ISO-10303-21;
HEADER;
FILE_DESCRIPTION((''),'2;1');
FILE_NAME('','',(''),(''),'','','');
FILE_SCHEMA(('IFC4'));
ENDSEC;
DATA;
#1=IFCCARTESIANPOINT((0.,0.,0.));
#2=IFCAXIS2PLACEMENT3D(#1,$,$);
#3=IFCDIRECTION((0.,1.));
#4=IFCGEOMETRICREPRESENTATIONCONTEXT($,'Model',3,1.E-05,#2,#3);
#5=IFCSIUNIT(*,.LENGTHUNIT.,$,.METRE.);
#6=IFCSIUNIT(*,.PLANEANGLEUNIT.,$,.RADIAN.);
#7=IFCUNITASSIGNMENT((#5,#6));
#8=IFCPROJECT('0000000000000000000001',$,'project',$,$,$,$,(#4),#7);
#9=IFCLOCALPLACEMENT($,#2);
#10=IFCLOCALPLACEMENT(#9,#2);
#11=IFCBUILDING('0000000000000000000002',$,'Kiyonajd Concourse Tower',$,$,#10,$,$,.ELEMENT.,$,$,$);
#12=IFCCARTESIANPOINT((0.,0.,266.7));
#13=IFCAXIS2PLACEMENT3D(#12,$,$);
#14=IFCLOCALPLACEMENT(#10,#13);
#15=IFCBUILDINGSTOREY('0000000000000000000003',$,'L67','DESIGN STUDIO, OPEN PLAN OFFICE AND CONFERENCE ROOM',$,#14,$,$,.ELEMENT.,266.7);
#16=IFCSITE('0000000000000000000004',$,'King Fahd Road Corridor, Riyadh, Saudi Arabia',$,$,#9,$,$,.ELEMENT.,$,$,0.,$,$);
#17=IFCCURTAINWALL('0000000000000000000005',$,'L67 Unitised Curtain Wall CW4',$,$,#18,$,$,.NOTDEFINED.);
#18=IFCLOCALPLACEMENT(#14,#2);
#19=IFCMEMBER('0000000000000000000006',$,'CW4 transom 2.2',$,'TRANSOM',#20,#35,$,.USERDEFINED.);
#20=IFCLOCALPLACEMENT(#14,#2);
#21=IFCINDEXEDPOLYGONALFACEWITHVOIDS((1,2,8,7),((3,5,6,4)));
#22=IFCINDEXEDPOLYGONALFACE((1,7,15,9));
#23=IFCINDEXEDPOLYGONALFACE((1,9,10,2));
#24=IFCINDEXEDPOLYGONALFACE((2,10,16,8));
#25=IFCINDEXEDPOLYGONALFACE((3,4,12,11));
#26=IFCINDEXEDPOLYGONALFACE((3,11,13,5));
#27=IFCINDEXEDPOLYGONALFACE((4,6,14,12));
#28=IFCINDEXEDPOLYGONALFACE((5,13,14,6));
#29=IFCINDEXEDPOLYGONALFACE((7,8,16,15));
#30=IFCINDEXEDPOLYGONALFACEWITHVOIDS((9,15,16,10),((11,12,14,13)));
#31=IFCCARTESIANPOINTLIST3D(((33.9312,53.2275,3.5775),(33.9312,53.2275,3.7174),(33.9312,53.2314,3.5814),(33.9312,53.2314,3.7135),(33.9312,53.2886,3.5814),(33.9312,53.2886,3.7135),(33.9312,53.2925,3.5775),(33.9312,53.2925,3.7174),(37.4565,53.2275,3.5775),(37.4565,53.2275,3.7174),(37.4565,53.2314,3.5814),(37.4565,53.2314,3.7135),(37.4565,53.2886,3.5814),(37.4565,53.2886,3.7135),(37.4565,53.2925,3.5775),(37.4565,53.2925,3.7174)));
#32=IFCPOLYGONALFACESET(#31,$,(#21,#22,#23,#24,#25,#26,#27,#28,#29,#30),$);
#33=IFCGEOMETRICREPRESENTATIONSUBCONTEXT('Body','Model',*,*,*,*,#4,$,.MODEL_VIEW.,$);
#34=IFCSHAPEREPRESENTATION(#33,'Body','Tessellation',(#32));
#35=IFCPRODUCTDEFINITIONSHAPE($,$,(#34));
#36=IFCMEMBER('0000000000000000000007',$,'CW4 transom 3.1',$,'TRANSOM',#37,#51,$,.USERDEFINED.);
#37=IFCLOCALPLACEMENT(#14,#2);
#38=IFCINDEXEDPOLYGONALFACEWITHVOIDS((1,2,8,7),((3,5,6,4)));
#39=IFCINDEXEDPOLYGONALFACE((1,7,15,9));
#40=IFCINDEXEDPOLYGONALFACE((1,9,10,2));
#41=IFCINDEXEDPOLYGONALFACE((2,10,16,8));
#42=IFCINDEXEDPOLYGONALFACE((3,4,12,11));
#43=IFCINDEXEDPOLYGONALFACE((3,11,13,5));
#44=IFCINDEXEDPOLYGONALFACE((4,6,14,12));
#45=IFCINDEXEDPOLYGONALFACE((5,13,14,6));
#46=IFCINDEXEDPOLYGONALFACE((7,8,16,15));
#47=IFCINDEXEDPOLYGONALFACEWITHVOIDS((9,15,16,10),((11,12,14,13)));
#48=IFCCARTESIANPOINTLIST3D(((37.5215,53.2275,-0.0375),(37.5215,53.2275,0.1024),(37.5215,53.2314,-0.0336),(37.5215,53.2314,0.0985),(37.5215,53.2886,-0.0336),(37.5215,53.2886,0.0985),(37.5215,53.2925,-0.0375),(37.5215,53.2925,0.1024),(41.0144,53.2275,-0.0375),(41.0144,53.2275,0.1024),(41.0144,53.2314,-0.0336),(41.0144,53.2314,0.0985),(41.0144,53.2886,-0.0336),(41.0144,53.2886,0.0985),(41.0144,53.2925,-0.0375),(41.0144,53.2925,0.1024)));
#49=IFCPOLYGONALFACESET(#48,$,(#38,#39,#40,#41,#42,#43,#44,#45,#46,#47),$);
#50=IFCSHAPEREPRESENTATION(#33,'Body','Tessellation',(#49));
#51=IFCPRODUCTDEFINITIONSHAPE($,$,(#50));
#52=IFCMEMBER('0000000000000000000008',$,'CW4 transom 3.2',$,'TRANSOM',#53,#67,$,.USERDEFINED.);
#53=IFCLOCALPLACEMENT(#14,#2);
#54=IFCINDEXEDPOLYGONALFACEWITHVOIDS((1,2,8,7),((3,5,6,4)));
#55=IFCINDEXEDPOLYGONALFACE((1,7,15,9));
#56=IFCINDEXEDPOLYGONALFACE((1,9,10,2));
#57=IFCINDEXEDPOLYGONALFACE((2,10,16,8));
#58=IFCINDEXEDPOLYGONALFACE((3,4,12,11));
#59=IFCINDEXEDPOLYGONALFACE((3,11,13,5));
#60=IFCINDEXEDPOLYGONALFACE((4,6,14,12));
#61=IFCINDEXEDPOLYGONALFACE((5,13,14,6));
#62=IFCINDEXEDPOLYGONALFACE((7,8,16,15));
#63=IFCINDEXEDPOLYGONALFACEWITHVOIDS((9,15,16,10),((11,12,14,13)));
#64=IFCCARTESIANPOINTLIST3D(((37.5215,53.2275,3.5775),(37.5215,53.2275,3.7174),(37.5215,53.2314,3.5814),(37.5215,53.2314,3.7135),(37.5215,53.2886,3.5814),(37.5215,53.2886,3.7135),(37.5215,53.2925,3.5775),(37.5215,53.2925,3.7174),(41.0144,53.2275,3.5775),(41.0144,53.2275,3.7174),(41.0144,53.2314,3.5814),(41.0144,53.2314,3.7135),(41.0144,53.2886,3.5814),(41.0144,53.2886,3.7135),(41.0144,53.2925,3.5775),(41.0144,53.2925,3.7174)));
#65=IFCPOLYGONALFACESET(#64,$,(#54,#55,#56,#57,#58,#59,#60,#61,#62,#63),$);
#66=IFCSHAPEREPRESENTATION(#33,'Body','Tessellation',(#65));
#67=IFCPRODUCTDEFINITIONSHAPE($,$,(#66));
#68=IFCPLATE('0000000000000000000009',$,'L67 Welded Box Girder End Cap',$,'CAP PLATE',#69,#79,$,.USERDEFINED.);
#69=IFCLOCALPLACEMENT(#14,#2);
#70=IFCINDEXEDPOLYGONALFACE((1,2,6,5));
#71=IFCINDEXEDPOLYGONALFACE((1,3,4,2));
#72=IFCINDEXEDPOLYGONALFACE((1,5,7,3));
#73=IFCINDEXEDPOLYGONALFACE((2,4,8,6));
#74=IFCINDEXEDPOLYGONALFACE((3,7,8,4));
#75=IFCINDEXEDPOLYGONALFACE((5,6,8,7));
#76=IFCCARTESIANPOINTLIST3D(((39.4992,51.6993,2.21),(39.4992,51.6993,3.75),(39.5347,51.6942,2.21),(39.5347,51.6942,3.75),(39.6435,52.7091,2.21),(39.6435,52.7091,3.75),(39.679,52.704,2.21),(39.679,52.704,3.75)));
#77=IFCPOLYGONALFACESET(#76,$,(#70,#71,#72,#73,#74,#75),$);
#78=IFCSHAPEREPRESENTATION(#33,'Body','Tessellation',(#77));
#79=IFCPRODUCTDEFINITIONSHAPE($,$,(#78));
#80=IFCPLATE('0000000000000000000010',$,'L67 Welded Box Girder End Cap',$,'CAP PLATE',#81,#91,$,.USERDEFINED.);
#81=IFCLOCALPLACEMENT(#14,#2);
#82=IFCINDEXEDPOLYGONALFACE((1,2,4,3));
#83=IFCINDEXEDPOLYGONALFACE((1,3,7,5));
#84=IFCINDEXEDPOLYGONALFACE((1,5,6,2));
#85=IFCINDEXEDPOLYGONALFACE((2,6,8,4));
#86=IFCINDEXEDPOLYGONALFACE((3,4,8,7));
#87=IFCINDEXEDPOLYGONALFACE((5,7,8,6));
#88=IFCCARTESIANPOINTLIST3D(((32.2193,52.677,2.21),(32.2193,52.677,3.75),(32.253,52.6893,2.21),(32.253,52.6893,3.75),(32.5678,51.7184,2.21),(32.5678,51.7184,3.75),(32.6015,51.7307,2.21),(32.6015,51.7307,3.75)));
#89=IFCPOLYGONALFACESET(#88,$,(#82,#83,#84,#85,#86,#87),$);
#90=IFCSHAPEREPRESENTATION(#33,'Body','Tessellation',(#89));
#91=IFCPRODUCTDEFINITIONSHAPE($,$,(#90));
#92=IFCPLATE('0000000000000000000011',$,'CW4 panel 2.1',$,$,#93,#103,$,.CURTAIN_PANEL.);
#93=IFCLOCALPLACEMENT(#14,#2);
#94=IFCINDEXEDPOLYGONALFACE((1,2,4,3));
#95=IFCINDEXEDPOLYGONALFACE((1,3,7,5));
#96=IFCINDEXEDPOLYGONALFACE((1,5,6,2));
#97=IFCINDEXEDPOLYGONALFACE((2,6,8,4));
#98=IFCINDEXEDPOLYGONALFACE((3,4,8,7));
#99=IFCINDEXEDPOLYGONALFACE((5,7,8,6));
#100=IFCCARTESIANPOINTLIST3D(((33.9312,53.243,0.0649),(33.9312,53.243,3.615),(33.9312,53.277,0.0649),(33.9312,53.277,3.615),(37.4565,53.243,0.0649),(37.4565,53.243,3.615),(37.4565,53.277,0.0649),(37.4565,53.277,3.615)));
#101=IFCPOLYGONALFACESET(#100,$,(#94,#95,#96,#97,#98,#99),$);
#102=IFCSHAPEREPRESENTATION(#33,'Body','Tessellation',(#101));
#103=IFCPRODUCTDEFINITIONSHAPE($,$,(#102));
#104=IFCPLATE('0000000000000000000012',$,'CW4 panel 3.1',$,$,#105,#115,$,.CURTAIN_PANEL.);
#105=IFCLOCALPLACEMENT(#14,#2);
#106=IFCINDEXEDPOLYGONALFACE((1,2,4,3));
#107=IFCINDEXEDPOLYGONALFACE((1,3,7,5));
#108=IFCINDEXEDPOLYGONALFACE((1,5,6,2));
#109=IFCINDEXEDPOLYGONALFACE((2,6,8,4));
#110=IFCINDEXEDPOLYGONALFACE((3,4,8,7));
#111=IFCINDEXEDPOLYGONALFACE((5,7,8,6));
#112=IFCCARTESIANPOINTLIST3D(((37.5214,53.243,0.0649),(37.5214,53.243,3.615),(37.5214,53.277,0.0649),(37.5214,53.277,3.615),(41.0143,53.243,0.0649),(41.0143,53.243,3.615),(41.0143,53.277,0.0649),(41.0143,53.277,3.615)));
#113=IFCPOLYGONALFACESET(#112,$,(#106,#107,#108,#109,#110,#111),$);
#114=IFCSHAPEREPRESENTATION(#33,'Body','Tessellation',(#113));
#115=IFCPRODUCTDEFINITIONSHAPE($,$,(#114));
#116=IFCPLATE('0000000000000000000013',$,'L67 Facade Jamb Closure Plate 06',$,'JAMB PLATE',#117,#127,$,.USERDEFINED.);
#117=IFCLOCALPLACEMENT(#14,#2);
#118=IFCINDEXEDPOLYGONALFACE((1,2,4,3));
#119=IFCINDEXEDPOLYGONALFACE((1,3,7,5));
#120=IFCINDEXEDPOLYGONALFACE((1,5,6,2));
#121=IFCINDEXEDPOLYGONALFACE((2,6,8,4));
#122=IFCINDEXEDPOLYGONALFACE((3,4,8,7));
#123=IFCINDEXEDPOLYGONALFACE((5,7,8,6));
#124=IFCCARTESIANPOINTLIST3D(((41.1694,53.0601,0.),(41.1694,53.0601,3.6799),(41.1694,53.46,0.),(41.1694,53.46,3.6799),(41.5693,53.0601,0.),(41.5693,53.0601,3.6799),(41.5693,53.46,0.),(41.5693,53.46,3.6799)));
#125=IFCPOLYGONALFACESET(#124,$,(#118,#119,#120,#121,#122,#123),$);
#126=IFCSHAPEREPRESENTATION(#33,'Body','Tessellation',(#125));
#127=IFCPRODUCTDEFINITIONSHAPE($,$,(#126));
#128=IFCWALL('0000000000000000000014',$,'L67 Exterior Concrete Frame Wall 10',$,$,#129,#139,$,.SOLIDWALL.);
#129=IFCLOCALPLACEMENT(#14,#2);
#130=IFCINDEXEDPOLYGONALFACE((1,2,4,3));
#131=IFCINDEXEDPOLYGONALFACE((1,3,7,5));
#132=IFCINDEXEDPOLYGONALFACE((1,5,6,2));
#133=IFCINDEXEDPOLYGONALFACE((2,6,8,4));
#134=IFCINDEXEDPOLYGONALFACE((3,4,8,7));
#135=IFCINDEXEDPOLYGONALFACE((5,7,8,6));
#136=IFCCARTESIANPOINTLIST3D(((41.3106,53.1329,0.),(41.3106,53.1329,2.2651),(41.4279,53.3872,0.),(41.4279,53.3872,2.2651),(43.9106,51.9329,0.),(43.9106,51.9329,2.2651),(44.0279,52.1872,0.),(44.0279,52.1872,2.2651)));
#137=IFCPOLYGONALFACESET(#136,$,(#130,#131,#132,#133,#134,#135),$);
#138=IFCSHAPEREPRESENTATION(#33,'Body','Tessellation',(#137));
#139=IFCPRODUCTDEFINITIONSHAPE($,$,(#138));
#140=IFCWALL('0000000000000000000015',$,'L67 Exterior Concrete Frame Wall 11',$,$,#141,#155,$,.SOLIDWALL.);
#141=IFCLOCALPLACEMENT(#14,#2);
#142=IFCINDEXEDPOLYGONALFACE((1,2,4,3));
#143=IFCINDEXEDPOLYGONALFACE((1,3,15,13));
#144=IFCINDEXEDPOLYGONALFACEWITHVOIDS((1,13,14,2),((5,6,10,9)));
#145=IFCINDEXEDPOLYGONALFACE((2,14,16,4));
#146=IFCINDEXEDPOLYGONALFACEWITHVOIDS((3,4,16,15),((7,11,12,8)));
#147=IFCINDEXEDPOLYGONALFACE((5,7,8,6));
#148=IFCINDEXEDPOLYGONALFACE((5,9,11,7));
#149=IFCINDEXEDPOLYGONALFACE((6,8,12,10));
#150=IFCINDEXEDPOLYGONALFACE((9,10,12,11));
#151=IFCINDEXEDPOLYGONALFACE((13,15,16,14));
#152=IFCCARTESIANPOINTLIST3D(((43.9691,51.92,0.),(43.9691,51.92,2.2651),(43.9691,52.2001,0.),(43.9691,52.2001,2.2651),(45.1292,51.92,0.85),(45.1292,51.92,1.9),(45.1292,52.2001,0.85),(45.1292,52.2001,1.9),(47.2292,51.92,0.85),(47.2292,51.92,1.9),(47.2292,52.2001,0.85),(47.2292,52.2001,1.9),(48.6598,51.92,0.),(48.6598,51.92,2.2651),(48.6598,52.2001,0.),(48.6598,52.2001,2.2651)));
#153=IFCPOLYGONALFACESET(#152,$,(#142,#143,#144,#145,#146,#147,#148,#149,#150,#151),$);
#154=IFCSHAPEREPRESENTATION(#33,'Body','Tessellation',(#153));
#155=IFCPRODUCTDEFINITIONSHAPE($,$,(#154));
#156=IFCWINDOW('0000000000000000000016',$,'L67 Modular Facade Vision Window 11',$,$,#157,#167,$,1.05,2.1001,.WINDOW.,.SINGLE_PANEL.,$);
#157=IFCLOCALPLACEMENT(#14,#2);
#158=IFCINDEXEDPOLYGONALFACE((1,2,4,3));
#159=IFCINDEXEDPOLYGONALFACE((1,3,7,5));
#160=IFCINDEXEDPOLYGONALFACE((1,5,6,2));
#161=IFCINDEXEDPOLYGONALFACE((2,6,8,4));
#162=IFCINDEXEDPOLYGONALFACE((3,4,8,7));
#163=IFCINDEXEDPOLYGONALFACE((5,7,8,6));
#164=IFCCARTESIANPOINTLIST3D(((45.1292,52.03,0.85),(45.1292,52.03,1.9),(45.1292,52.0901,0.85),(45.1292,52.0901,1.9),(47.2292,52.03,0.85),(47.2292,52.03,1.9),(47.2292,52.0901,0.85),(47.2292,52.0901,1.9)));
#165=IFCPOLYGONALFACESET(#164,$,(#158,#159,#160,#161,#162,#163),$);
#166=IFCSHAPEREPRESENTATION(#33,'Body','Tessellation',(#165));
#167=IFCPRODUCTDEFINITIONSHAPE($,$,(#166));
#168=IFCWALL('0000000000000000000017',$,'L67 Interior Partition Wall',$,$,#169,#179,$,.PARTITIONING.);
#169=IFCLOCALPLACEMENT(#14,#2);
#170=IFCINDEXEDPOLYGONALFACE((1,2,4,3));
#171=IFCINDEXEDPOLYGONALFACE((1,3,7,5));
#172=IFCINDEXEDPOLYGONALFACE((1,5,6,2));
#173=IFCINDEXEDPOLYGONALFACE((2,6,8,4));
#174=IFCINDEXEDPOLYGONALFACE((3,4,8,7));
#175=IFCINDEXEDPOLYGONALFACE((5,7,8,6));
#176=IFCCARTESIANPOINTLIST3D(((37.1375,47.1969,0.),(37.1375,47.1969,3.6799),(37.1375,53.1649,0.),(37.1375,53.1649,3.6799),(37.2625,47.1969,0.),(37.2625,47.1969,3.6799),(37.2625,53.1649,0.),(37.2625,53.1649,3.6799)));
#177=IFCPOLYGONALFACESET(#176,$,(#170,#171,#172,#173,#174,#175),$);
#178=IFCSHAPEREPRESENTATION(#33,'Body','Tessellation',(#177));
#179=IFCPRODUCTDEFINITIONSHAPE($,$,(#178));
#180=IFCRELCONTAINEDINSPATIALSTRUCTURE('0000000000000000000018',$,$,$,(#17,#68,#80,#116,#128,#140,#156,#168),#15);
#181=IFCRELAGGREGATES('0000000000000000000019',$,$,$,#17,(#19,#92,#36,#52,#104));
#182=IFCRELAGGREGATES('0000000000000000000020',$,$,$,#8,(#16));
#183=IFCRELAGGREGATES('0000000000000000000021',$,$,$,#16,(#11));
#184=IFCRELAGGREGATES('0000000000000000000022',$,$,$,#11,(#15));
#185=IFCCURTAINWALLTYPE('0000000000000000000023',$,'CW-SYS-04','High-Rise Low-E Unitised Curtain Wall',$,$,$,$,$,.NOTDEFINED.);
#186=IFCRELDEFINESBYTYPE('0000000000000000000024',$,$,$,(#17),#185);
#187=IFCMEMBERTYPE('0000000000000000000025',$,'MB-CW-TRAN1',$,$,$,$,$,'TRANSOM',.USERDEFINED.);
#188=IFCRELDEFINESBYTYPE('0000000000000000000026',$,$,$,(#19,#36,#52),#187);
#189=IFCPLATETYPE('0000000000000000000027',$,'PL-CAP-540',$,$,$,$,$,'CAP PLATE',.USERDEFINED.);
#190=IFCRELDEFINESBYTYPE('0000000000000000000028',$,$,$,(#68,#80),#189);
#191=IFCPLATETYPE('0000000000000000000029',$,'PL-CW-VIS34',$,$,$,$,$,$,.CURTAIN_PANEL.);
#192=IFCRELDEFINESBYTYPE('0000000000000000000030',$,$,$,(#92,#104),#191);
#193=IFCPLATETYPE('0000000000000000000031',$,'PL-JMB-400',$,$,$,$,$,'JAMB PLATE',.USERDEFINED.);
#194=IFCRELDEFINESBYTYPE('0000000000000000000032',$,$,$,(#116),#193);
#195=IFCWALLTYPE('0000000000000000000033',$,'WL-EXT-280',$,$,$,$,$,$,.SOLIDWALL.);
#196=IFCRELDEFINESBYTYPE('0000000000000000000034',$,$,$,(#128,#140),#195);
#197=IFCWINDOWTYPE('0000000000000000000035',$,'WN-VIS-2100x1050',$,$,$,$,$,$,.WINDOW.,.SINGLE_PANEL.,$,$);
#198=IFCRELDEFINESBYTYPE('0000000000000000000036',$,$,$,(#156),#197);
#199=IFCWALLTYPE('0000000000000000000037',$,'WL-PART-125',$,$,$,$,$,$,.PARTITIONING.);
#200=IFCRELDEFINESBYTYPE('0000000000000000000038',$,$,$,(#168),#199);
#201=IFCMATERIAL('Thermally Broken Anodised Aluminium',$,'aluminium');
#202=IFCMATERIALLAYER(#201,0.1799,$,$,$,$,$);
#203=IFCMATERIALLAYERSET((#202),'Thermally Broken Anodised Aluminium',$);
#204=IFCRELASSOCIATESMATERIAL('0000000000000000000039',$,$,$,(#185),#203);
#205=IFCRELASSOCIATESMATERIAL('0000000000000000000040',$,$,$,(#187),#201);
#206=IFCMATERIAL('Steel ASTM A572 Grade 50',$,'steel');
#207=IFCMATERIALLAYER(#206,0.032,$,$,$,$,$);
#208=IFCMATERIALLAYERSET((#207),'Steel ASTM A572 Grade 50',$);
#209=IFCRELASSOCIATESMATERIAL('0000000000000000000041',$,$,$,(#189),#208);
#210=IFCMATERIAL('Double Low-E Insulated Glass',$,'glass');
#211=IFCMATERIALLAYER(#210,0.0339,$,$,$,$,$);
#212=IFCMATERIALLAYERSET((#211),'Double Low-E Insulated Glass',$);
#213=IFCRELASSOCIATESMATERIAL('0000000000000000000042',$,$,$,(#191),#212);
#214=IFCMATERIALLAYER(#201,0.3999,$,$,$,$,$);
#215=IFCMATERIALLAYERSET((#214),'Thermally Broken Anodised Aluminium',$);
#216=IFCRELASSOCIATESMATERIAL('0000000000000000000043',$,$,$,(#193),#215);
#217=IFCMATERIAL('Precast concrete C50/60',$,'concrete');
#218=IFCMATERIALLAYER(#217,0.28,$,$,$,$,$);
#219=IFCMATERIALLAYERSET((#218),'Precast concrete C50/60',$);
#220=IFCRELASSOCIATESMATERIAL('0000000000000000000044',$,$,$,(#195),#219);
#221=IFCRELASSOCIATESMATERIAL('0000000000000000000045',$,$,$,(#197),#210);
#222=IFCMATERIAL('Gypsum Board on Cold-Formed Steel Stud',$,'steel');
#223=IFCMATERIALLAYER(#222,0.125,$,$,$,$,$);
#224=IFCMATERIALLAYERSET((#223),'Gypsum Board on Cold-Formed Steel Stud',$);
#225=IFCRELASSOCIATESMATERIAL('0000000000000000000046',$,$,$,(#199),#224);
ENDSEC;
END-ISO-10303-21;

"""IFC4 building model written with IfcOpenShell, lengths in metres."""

from ifc_helpers import new_model, si_unit, direction, frame, frame_2d, origin, origin_2d, place, context, subcontext, project, spatial, rectangle, hollow_rectangle, extrude, material, layer, layer_set, material_profile, profile_set, type_object, element, fill, aggregate, save


model = new_model("IFC4")

# Units and contexts
model_context = context("Model", 3, precision=1e-05, world=origin(), true_north=direction((0.0, 1.0)))
body_context = subcontext(model_context, "Body", "Model", "MODEL_VIEW")
ifc_project = project(units=[si_unit("LENGTHUNIT", "METRE"), si_unit("PLANEANGLEUNIT", "RADIAN")], contexts=[model_context])

# Site, building, storey
site_placement = place(None, origin())
site = spatial("IfcSite", under=ifc_project, at=site_placement, Name="King Fahd Road Corridor, Riyadh, Saudi Arabia", CompositionType="ELEMENT", RefElevation=0.0)
building_placement = place(site_placement, origin())
building = spatial("IfcBuilding", under=site, at=building_placement, Name="Kiyonajd Concourse Tower", CompositionType="ELEMENT")
storey_placement = place(building_placement, frame((0.0, 0.0, 266.7)))
storey = spatial("IfcBuildingStorey", under=building, at=storey_placement, Name="L67", Description="DESIGN STUDIO, OPEN PLAN OFFICE AND CONFERENCE ROOM", CompositionType="ELEMENT", Elevation=266.7)

# Curtain wall, members
ifc_material_1 = material(Name="Thermally Broken Anodised Aluminium", Category="aluminium")
ifc_layer_1 = layer(ifc_material_1, 0.1799)
ifc_layer_set_1 = layer_set([ifc_layer_1], Name="Thermally Broken Anodised Aluminium")
curtain_wall_type = type_object("IfcCurtainWallType", Name="CW-SYS-04", Description="High-Rise Low-E Unitised Curtain Wall", PredefinedType="NOTDEFINED", material=ifc_layer_set_1)
curtain_wall_placement = place(storey_placement, origin())
curtain_wall = element("IfcCurtainWall", 1, at=curtain_wall_placement, inside=storey, type_object=curtain_wall_type, Name="L67 Unitised Curtain Wall CW4", PredefinedType="NOTDEFINED")
ifc_material_profile_1 = material_profile(ifc_material_1, hollow_rectangle(XDim=0.0649, YDim=0.1399, WallThickness=0.0039, at=origin_2d()), Name="TRAN-65x140")
ifc_profile_set_1 = profile_set([ifc_material_profile_1], Name="Thermally Broken Anodised Aluminium")
member_type_1 = type_object("IfcMemberType", Name="MB-CW-TRAN1", ElementType="TRANSOM", PredefinedType="USERDEFINED", material=ifc_profile_set_1)
member_1_placement = place(storey_placement, frame((33.9312, 53.26, 3.6475), z_axis=(1.0, 0.0, 0.0), x_axis=(0.0, 1.0, 0.0)))
member_1 = element("IfcMember", 2, at=member_1_placement, type_object=member_type_1, Name="CW4 transom 2.2", ObjectType="TRANSOM", PredefinedType="USERDEFINED", context=body_context, shape_type="SweptSolid", body=[
    extrude(hollow_rectangle(XDim=0.0649, YDim=0.1399, WallThickness=0.0039, at=origin_2d()), origin(), (0.0, 0.0, 1.0), 3.5254),
])
member_2_placement = place(storey_placement, frame((37.5215, 53.26, 0.0325), z_axis=(1.0, 0.0, 0.0), x_axis=(0.0, 1.0, 0.0)))
member_2 = element("IfcMember", 3, at=member_2_placement, type_object=member_type_1, Name="CW4 transom 3.1", ObjectType="TRANSOM", PredefinedType="USERDEFINED", context=body_context, shape_type="SweptSolid", body=[
    extrude(hollow_rectangle(XDim=0.0649, YDim=0.1399, WallThickness=0.0039, at=origin_2d()), origin(), (0.0, 0.0, 1.0), 3.4929),
])
member_3_placement = place(storey_placement, frame((37.5215, 53.26, 3.6475), z_axis=(1.0, 0.0, 0.0), x_axis=(0.0, 1.0, 0.0)))
member_3 = element("IfcMember", 4, at=member_3_placement, type_object=member_type_1, Name="CW4 transom 3.2", ObjectType="TRANSOM", PredefinedType="USERDEFINED", context=body_context, shape_type="SweptSolid", body=[
    extrude(hollow_rectangle(XDim=0.0649, YDim=0.1399, WallThickness=0.0039, at=origin_2d()), origin(), (0.0, 0.0, 1.0), 3.4929),
])

# Plates
ifc_material_2 = material(Name="Steel ASTM A572 Grade 50", Category="steel")
ifc_layer_2 = layer(ifc_material_2, 0.032)
ifc_layer_set_2 = layer_set([ifc_layer_2], Name="Steel ASTM A572 Grade 50")
plate_type_1 = type_object("IfcPlateType", Name="PL-CAP-540", ElementType="CAP PLATE", PredefinedType="USERDEFINED", material=ifc_layer_set_2)
for number, where, z_axis, x_axis, name in (
    (5, (39.5891, 52.2017, 2.21), (0.0, 0.0, 1.0), (-0.98995, 0.14142, 0.0), "L67 Welded Box Girder End Cap"),
    (6, (32.4104, 52.2039, 2.21), (0.0, 0.0, 1.0), (0.939812, 0.341692, 0.0), "L67 Welded Box Girder End Cap"),
):
    element("IfcPlate", number, at=place(storey_placement, frame(where, z_axis=z_axis, x_axis=x_axis)), inside=storey, type_object=plate_type_1, Name=name, ObjectType="CAP PLATE", PredefinedType="USERDEFINED", context=body_context, shape_type="SweptSolid", body=[
        extrude(rectangle(XDim=0.0359, YDim=1.02, at=origin_2d()), origin(), (0.0, 0.0, 1.0), 1.54),
    ])

# Plates
ifc_material_3 = material(Name="Double Low-E Insulated Glass", Category="glass")
ifc_layer_3 = layer(ifc_material_3, 0.0339)
ifc_layer_set_3 = layer_set([ifc_layer_3], Name="Double Low-E Insulated Glass")
plate_type_2 = type_object("IfcPlateType", Name="PL-CW-VIS34", PredefinedType="CURTAIN_PANEL", material=ifc_layer_set_3)
plate_1_placement = place(storey_placement, frame((35.6938, 53.26, 0.0649), z_axis=(0.0, 0.0, 1.0), x_axis=(1.0, 0.0, 0.0)))
plate_1 = element("IfcPlate", 7, at=plate_1_placement, type_object=plate_type_2, Name="CW4 panel 2.1", PredefinedType="CURTAIN_PANEL", context=body_context, shape_type="SweptSolid", body=[
    extrude(rectangle(XDim=3.5254, YDim=0.0339, at=origin_2d()), origin(), (0.0, 0.0, 1.0), 3.55),
])
plate_2_placement = place(storey_placement, frame((39.2678, 53.26, 0.0649), z_axis=(0.0, 0.0, 1.0), x_axis=(1.0, 0.0, 0.0)))
plate_2 = element("IfcPlate", 8, at=plate_2_placement, type_object=plate_type_2, Name="CW4 panel 3.1", PredefinedType="CURTAIN_PANEL", context=body_context, shape_type="SweptSolid", body=[
    extrude(rectangle(XDim=3.4929, YDim=0.0339, at=origin_2d()), origin(), (0.0, 0.0, 1.0), 3.55),
])
aggregate(curtain_wall, [member_1, plate_1, member_2, member_3, plate_2])
ifc_layer_4 = layer(ifc_material_1, 0.3999)
ifc_layer_set_4 = layer_set([ifc_layer_4], Name="Thermally Broken Anodised Aluminium")
plate_type_3 = type_object("IfcPlateType", Name="PL-JMB-400", ElementType="JAMB PLATE", PredefinedType="USERDEFINED", material=ifc_layer_set_4)
plate_3_placement = place(storey_placement, frame((41.3694, 53.26, 0.0), z_axis=(0.0, 0.0, 1.0), x_axis=(1.0, 0.0, 0.0)))
element("IfcPlate", 9, at=plate_3_placement, inside=storey, type_object=plate_type_3, Name="L67 Facade Jamb Closure Plate 06", ObjectType="JAMB PLATE", PredefinedType="USERDEFINED", context=body_context, shape_type="SweptSolid", body=[
    extrude(rectangle(XDim=0.3999, YDim=0.3999, at=origin_2d()), origin(), (0.0, 0.0, 1.0), 3.6799),
])

# Wall
ifc_material_4 = material(Name="Precast concrete C50/60", Category="concrete")
ifc_layer_5 = layer(ifc_material_4, 0.28)
ifc_layer_set_5 = layer_set([ifc_layer_5], Name="Precast concrete C50/60")
wall_type_1 = type_object("IfcWallType", Name="WL-EXT-280", PredefinedType="SOLIDWALL", material=ifc_layer_set_5)
wall_1_placement = place(storey_placement, frame((41.3694, 53.26, 0.0), z_axis=(0.0, 0.0, 1.0), x_axis=(0.907957, -0.419064, 0.0)))
element("IfcWall", 10, at=wall_1_placement, inside=storey, type_object=wall_type_1, Name="L67 Exterior Concrete Frame Wall 10", PredefinedType="SOLIDWALL", context=body_context, shape_type="SweptSolid", body=[
    extrude(rectangle(XDim=2.8635, YDim=0.28, at=frame_2d((1.4316, 0.0))), origin(), (0.0, 0.0, 1.0), 2.2651),
])

# Wall, opening, window
wall_2_placement = place(storey_placement, frame((43.9692, 52.0601, 0.0), z_axis=(0.0, 0.0, 1.0), x_axis=(1.0, 0.0, 0.0)))
wall_2 = element("IfcWall", 11, at=wall_2_placement, inside=storey, type_object=wall_type_1, Name="L67 Exterior Concrete Frame Wall 11", PredefinedType="SOLIDWALL", context=body_context, shape_type="SweptSolid", body=[
    extrude(rectangle(XDim=4.6907, YDim=0.28, at=frame_2d((2.3452, 0.0))), origin(), (0.0, 0.0, 1.0), 2.2651),
])
opening_placement = place(wall_2_placement, frame((1.1599, 0.0, 0.8501)))
opening = element("IfcOpeningElement", 12, at=opening_placement, cuts=wall_2, PredefinedType="OPENING", context=body_context, shape_type="SweptSolid", body=[
    extrude(rectangle(XDim=2.1001, YDim=1.05, at=frame_2d((1.05, 0.5249))), frame((0.0, 0.1499, 0.0), z_axis=(0.0, -1.0, 0.0), x_axis=(1.0, 0.0, 0.0)), (0.0, 0.0, 1.0), 0.3),
])
window_type = type_object("IfcWindowType", Name="WN-VIS-2100x1050", PartitioningType="SINGLE_PANEL", PredefinedType="WINDOW", material=ifc_material_3)
window_placement = place(opening_placement, origin())
window = element("IfcWindow", 13, at=window_placement, inside=storey, type_object=window_type, Name="L67 Modular Facade Vision Window 11", OverallHeight=1.05, OverallWidth=2.1001, PartitioningType="SINGLE_PANEL", PredefinedType="WINDOW", context=body_context, shape_type="SweptSolid", body=[
    extrude(rectangle(XDim=2.1001, YDim=1.05, at=frame_2d((1.05, 0.5249))), frame((0.0, 0.03, 0.0), z_axis=(0.0, -1.0, 0.0), x_axis=(1.0, 0.0, 0.0)), (0.0, 0.0, 1.0), 0.0601),
])
fill(opening, window)

# Wall
ifc_material_5 = material(Name="Gypsum Board on Cold-Formed Steel Stud", Category="steel")
ifc_layer_6 = layer(ifc_material_5, 0.125)
ifc_layer_set_6 = layer_set([ifc_layer_6], Name="Gypsum Board on Cold-Formed Steel Stud")
wall_type_2 = type_object("IfcWallType", Name="WL-PART-125", PredefinedType="PARTITIONING", material=ifc_layer_set_6)
wall_3_placement = place(storey_placement, frame((37.2, 47.197, 0.0), z_axis=(0.0, 0.0, 1.0), x_axis=(0.0, 1.0, 0.0)))
element("IfcWall", 14, at=wall_3_placement, inside=storey, type_object=wall_type_2, Name="L67 Interior Partition Wall", PredefinedType="PARTITIONING", context=body_context, shape_type="SweptSolid", body=[
    extrude(rectangle(XDim=5.968, YDim=0.125, at=frame_2d((2.9839, 0.0))), origin(), (0.0, 0.0, 1.0), 3.6799),
])

save(model, "model.ifc")
